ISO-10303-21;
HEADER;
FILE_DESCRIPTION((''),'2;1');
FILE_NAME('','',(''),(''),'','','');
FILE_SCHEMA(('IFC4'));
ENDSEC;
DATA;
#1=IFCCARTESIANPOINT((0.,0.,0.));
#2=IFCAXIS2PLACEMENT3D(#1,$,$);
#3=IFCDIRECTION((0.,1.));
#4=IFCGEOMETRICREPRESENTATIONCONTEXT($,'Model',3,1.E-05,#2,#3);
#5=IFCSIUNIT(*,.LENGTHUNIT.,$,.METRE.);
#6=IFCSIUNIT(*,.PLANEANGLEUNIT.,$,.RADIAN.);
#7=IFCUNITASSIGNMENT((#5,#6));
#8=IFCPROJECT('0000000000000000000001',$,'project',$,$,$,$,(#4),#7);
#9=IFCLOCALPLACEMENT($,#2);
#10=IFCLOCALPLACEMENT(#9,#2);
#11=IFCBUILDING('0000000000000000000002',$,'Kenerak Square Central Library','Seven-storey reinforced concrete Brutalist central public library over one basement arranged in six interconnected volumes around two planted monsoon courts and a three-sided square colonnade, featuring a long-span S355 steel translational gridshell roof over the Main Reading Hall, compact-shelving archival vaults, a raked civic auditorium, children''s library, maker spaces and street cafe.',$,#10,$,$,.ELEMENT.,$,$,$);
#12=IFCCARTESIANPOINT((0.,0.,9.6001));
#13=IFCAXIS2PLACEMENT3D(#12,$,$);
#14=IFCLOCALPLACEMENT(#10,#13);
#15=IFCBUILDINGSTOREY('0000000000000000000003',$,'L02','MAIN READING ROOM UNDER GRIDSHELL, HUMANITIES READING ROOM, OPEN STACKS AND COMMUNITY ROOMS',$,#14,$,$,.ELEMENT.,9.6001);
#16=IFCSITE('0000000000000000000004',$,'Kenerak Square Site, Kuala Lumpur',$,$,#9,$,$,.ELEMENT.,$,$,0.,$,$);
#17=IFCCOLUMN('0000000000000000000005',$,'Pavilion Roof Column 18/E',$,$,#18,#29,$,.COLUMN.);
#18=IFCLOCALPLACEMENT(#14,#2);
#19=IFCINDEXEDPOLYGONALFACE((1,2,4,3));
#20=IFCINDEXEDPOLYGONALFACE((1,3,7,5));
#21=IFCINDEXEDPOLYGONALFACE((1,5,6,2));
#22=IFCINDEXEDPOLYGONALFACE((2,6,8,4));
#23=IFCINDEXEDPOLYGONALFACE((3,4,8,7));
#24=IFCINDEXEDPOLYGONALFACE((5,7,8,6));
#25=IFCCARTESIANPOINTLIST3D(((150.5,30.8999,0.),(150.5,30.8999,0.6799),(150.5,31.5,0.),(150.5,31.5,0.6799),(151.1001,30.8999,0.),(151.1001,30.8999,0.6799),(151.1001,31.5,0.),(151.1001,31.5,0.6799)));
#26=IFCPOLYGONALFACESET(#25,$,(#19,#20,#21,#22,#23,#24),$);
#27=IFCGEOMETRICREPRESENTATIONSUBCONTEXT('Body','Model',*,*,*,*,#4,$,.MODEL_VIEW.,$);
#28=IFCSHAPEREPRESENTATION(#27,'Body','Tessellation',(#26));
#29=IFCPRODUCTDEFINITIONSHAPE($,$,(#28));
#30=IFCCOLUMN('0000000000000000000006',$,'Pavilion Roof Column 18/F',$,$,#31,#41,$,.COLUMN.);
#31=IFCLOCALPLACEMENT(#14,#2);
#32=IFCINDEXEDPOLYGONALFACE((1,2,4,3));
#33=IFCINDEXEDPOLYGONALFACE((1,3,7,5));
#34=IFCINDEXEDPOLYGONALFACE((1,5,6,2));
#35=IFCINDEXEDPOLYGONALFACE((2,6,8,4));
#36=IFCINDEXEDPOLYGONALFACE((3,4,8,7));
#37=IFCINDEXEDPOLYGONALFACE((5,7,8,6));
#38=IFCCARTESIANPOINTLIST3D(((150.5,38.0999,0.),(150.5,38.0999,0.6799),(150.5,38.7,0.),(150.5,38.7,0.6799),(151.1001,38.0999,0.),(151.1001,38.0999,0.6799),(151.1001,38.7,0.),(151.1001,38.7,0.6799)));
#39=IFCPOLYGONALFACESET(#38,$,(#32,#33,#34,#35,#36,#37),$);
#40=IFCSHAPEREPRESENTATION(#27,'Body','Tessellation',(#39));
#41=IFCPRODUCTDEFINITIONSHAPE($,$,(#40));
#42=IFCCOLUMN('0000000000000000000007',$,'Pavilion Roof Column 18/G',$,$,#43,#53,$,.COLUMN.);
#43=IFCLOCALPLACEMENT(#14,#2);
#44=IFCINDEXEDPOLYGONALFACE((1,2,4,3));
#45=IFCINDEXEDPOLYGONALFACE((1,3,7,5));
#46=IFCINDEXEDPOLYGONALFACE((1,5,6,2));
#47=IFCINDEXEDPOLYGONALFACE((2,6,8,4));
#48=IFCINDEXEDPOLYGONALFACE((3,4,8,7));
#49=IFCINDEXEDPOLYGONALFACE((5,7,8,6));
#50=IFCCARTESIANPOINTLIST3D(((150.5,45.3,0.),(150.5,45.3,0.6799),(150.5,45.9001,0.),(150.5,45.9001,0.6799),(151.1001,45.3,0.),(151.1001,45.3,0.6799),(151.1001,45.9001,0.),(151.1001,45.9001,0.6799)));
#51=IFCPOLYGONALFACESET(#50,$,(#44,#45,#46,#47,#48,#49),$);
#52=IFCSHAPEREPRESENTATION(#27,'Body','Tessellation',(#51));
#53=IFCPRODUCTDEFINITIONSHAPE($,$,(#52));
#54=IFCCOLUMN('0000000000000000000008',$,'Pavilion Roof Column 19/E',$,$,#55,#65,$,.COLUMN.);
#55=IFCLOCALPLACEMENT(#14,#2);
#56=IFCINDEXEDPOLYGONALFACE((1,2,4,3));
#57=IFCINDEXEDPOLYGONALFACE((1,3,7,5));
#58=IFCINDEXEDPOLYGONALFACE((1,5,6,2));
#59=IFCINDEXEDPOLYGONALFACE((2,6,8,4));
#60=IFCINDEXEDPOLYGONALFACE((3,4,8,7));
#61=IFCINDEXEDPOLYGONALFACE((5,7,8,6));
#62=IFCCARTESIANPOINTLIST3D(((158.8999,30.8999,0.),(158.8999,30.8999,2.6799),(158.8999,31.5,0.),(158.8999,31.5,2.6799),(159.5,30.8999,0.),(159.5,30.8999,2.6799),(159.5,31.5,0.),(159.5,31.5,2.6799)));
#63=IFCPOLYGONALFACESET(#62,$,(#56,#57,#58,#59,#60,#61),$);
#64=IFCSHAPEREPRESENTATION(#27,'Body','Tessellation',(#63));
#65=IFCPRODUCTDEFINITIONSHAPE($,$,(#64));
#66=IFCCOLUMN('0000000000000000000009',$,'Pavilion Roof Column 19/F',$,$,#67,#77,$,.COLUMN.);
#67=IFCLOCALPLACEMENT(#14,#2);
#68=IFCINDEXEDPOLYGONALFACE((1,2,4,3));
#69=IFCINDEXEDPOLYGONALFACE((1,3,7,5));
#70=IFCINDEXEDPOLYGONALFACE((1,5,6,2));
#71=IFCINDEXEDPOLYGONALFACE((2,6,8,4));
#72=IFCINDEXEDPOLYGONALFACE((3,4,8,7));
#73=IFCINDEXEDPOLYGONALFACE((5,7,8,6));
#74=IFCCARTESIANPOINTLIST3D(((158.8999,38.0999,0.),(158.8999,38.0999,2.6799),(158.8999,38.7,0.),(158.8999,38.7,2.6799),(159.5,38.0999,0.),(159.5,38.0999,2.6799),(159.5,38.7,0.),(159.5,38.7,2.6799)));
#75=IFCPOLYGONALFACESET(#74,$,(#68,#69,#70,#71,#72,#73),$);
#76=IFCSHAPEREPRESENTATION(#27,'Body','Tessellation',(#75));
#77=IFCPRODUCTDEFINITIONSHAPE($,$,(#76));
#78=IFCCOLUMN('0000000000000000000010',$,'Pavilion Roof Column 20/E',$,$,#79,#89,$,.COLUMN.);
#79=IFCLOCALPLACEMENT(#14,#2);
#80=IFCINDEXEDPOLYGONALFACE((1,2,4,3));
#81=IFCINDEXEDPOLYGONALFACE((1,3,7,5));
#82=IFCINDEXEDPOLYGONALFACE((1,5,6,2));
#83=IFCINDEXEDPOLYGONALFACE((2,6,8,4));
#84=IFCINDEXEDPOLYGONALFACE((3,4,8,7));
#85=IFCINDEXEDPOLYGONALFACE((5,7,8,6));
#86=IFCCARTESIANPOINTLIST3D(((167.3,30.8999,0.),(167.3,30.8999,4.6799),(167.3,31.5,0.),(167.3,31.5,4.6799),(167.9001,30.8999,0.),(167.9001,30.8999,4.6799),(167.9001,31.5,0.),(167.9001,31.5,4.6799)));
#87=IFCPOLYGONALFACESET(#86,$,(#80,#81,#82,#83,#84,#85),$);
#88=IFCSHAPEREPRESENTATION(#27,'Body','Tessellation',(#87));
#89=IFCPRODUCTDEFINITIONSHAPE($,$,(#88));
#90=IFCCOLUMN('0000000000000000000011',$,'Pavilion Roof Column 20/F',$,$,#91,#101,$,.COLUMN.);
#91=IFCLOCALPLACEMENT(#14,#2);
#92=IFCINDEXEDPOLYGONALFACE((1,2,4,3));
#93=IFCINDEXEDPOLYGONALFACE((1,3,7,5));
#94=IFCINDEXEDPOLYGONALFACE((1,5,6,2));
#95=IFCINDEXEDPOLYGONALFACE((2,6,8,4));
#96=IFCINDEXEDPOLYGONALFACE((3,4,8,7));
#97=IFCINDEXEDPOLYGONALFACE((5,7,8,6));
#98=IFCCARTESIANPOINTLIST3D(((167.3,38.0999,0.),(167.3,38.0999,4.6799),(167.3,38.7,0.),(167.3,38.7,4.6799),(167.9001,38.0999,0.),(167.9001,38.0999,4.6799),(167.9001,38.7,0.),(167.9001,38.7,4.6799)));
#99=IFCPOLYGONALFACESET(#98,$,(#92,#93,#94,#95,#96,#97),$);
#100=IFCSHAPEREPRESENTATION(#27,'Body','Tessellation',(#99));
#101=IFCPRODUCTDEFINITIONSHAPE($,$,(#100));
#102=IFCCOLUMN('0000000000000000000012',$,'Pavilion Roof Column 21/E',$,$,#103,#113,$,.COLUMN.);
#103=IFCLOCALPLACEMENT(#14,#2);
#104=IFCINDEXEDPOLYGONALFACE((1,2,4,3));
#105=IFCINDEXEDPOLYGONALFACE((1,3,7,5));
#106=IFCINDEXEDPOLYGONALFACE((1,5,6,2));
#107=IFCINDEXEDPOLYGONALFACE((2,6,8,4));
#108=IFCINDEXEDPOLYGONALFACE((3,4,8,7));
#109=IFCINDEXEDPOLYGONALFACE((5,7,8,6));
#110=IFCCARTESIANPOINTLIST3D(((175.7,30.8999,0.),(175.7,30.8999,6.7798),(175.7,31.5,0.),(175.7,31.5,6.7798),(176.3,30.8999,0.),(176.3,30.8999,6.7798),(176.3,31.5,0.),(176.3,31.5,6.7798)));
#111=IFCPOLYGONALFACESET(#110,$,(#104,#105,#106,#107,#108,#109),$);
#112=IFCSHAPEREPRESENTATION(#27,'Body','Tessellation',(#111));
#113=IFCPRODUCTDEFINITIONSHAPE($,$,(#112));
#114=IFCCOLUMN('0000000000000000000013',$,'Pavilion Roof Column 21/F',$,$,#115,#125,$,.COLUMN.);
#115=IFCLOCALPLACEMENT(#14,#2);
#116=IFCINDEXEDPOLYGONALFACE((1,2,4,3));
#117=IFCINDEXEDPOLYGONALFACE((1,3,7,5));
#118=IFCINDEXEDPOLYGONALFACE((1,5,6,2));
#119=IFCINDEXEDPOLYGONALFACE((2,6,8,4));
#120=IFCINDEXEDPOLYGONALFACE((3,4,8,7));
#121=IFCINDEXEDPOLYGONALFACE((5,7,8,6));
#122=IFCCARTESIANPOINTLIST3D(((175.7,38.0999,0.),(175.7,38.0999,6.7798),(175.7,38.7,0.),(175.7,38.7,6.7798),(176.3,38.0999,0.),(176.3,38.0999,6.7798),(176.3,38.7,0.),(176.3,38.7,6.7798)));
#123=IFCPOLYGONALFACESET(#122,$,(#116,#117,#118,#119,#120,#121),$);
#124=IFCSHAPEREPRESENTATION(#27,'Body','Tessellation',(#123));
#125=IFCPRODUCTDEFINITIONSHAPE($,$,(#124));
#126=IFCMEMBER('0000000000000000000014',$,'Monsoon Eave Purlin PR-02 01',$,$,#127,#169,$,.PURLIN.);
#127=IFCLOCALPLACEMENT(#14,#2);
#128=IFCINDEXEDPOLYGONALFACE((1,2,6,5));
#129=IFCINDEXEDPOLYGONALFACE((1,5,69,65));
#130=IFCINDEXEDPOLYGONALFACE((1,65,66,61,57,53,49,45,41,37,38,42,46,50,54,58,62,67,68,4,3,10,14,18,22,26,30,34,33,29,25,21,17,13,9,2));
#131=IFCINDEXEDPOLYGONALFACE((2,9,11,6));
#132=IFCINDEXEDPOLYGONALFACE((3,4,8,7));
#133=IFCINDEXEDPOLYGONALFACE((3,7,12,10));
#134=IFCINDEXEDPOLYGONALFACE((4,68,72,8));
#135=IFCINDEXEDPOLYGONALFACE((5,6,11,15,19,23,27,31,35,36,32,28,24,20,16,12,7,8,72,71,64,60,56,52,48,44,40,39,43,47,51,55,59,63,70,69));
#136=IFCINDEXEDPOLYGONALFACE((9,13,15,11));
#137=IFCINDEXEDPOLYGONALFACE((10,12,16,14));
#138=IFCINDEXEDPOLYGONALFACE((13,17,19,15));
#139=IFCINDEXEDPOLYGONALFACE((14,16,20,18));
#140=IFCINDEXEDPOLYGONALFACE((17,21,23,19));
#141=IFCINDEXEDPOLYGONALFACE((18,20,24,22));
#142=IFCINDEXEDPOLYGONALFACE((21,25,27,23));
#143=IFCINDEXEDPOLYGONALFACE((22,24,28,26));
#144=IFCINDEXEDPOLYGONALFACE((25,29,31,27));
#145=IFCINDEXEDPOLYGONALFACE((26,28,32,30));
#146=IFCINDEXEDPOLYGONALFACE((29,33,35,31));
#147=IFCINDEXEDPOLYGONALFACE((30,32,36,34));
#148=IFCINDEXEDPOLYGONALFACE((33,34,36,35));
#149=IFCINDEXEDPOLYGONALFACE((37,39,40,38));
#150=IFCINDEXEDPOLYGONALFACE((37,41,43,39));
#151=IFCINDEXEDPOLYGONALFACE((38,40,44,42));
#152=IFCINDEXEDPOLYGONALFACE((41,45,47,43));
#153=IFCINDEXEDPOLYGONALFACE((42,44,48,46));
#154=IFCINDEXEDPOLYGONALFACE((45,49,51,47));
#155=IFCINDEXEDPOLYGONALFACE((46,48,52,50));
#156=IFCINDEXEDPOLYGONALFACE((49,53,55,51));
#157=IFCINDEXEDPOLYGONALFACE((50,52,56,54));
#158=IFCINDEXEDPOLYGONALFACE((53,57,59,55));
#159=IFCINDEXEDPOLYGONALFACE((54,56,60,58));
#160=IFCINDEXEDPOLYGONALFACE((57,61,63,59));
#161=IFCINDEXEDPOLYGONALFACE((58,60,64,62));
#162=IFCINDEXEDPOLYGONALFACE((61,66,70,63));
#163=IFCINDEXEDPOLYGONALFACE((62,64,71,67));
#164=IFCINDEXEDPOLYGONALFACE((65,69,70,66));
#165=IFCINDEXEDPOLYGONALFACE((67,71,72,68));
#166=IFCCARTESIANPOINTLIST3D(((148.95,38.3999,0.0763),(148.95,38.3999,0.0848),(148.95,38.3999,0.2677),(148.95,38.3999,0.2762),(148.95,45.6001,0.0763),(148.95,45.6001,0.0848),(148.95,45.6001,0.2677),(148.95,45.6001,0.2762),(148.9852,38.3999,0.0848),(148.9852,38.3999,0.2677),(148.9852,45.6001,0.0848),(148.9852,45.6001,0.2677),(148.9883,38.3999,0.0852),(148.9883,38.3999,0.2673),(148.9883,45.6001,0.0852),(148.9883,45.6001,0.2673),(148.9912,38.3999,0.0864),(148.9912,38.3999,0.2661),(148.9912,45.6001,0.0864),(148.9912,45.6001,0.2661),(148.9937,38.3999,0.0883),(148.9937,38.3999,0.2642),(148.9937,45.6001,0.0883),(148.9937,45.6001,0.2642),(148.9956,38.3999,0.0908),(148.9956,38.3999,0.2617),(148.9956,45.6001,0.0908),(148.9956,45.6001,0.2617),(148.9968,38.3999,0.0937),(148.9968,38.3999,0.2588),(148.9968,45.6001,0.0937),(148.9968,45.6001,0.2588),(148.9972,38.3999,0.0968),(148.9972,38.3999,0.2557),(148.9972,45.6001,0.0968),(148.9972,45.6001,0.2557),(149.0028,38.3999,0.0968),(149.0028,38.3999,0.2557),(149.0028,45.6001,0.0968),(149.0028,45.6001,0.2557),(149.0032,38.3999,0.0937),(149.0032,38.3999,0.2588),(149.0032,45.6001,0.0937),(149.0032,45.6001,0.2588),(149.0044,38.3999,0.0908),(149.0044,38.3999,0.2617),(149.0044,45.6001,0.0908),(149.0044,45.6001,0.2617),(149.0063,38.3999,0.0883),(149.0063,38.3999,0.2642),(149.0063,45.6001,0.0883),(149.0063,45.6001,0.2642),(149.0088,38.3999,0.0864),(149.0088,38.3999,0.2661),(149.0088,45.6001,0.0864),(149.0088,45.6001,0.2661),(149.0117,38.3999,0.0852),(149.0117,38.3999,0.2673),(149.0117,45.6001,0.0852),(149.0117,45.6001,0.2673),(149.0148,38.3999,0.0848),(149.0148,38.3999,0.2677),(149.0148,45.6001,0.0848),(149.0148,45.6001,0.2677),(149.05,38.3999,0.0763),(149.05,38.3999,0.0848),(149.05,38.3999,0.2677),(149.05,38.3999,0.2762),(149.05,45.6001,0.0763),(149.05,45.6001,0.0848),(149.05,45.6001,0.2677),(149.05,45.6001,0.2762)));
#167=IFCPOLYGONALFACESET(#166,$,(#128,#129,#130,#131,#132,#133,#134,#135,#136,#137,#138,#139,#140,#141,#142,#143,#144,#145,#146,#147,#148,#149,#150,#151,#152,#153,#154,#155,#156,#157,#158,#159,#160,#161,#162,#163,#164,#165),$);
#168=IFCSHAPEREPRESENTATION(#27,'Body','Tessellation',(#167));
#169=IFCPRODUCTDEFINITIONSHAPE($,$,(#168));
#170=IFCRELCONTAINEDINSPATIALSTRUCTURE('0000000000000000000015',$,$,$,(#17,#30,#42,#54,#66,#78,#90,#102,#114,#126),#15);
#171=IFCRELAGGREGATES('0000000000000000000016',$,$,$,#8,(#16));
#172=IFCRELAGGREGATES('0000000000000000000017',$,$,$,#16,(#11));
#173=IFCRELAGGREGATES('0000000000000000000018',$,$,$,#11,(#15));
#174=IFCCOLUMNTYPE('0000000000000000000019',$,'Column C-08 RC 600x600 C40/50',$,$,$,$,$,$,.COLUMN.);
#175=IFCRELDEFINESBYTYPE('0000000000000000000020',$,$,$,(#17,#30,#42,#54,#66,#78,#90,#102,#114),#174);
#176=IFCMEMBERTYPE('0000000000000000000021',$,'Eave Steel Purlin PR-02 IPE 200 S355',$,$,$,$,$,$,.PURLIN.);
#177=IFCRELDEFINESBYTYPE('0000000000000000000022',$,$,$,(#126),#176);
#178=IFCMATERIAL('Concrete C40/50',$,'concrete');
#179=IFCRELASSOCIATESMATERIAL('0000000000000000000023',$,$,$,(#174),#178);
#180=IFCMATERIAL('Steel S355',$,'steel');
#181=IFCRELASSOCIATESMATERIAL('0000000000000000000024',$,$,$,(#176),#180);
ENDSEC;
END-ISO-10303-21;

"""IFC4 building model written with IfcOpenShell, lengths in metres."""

from ifc_helpers import new_model, si_unit, direction, frame, origin, origin_2d, place, context, subcontext, project, spatial, rectangle, i_section, extrude, material, material_profile, profile_set, type_object, element, save


model = new_model("IFC4")

# Units and contexts
model_context = context("Model", 3, precision=1e-05, world=origin(), true_north=direction((0.0, 1.0)))
body_context = subcontext(model_context, "Body", "Model", "MODEL_VIEW")
ifc_project = project(units=[si_unit("LENGTHUNIT", "METRE"), si_unit("PLANEANGLEUNIT", "RADIAN")], contexts=[model_context])

# Site, building, storey
site_placement = place(None, origin())
site = spatial("IfcSite", under=ifc_project, at=site_placement, Name="Kenerak Square Site, Kuala Lumpur", CompositionType="ELEMENT", RefElevation=0.0)
building_placement = place(site_placement, origin())
building = spatial("IfcBuilding", under=site, at=building_placement, Name="Kenerak Square Central Library", Description="Seven-storey reinforced concrete Brutalist central public library over one basement arranged in six interconnected volumes around two planted monsoon courts and a three-sided square colonnade, featuring a long-span S355 steel translational gridshell roof over the Main Reading Hall, compact-shelving archival vaults, a raked civic auditorium, children's library, maker spaces and street cafe.", CompositionType="ELEMENT")
storey_placement = place(building_placement, frame((0.0, 0.0, 9.6001)))
storey = spatial("IfcBuildingStorey", under=building, at=storey_placement, Name="L02", Description="MAIN READING ROOM UNDER GRIDSHELL, HUMANITIES READING ROOM, OPEN STACKS AND COMMUNITY ROOMS", CompositionType="ELEMENT", Elevation=9.6001)

# Columns
ifc_material_1 = material(Name="Concrete C40/50", Category="concrete")
ifc_material_profile_1 = material_profile(ifc_material_1, rectangle(XDim=0.6001, YDim=0.6001, at=origin_2d()), Name="RC 600x600")
ifc_profile_set_1 = profile_set([ifc_material_profile_1], Name="Concrete C40/50")
column_type = type_object("IfcColumnType", Name="Column C-08 RC 600x600 C40/50", PredefinedType="COLUMN", material=ifc_profile_set_1)
for number, where, z_axis, x_axis, name in (
    (1, (150.8, 31.2, 0.0), (0.0, 0.0, 1.0), (1.0, 0.0, 0.0), "Pavilion Roof Column 18/E"),
    (2, (150.8, 38.3999, 0.0), (0.0, 0.0, 1.0), (1.0, 0.0, 0.0), "Pavilion Roof Column 18/F"),
    (3, (150.8, 45.6001, 0.0), (0.0, 0.0, 1.0), (1.0, 0.0, 0.0), "Pavilion Roof Column 18/G"),
):
    element("IfcColumn", number, at=place(storey_placement, frame(where, z_axis=z_axis, x_axis=x_axis)), inside=storey, type_object=column_type, Name=name, PredefinedType="COLUMN", context=body_context, shape_type="SweptSolid", body=[
        extrude(rectangle(XDim=0.6001, YDim=0.6001, at=origin_2d()), origin(), (0.0, 0.0, 1.0), 0.6799),
    ])
for number, where, z_axis, x_axis, name in (
    (4, (159.2, 31.2, 0.0), (0.0, 0.0, 1.0), (1.0, 0.0, 0.0), "Pavilion Roof Column 19/E"),
    (5, (159.2, 38.3999, 0.0), (0.0, 0.0, 1.0), (1.0, 0.0, 0.0), "Pavilion Roof Column 19/F"),
):
    element("IfcColumn", number, at=place(storey_placement, frame(where, z_axis=z_axis, x_axis=x_axis)), inside=storey, type_object=column_type, Name=name, PredefinedType="COLUMN", context=body_context, shape_type="SweptSolid", body=[
        extrude(rectangle(XDim=0.6001, YDim=0.6001, at=origin_2d()), origin(), (0.0, 0.0, 1.0), 2.6799),
    ])
for number, where, z_axis, x_axis, name in (
    (6, (167.6001, 31.2, 0.0), (0.0, 0.0, 1.0), (1.0, 0.0, 0.0), "Pavilion Roof Column 20/E"),
    (7, (167.6001, 38.3999, 0.0), (0.0, 0.0, 1.0), (1.0, 0.0, 0.0), "Pavilion Roof Column 20/F"),
):
    element("IfcColumn", number, at=place(storey_placement, frame(where, z_axis=z_axis, x_axis=x_axis)), inside=storey, type_object=column_type, Name=name, PredefinedType="COLUMN", context=body_context, shape_type="SweptSolid", body=[
        extrude(rectangle(XDim=0.6001, YDim=0.6001, at=origin_2d()), origin(), (0.0, 0.0, 1.0), 4.6799),
    ])
for number, where, z_axis, x_axis, name in (
    (8, (176.0, 31.2, 0.0), (0.0, 0.0, 1.0), (1.0, 0.0, 0.0), "Pavilion Roof Column 21/E"),
    (9, (176.0, 38.3999, 0.0), (0.0, 0.0, 1.0), (1.0, 0.0, 0.0), "Pavilion Roof Column 21/F"),
):
    element("IfcColumn", number, at=place(storey_placement, frame(where, z_axis=z_axis, x_axis=x_axis)), inside=storey, type_object=column_type, Name=name, PredefinedType="COLUMN", context=body_context, shape_type="SweptSolid", body=[
        extrude(rectangle(XDim=0.6001, YDim=0.6001, at=origin_2d()), origin(), (0.0, 0.0, 1.0), 6.7798),
    ])

# Member
ifc_material_2 = material(Name="Steel S355", Category="steel")
ifc_material_profile_2 = material_profile(ifc_material_2, i_section(OverallWidth=0.1001, OverallDepth=0.2, WebThickness=0.0056, FlangeThickness=0.0085, FilletRadius=0.012, at=origin_2d()), Name="IPE 200")
ifc_profile_set_2 = profile_set([ifc_material_profile_2], Name="Steel S355")
member_type_1 = type_object("IfcMemberType", Name="Eave Steel Purlin PR-02 IPE 200 S355", PredefinedType="PURLIN", material=ifc_profile_set_2)
member_1_placement = place(storey_placement, frame((149.0, 38.3999, 0.1763), z_axis=(0.0, 1.0, 0.0), x_axis=(-1.0, 0.0, 0.0)))
element("IfcMember", 10, at=member_1_placement, inside=storey, type_object=member_type_1, Name="Monsoon Eave Purlin PR-02 01", PredefinedType="PURLIN", context=body_context, shape_type="SweptSolid", body=[
    extrude(i_section(OverallWidth=0.1001, OverallDepth=0.2, WebThickness=0.0056, FlangeThickness=0.0085, FilletRadius=0.012, at=origin_2d()), origin(), (0.0, 0.0, 1.0), 7.2002),
])

save(model, "model.ifc")
